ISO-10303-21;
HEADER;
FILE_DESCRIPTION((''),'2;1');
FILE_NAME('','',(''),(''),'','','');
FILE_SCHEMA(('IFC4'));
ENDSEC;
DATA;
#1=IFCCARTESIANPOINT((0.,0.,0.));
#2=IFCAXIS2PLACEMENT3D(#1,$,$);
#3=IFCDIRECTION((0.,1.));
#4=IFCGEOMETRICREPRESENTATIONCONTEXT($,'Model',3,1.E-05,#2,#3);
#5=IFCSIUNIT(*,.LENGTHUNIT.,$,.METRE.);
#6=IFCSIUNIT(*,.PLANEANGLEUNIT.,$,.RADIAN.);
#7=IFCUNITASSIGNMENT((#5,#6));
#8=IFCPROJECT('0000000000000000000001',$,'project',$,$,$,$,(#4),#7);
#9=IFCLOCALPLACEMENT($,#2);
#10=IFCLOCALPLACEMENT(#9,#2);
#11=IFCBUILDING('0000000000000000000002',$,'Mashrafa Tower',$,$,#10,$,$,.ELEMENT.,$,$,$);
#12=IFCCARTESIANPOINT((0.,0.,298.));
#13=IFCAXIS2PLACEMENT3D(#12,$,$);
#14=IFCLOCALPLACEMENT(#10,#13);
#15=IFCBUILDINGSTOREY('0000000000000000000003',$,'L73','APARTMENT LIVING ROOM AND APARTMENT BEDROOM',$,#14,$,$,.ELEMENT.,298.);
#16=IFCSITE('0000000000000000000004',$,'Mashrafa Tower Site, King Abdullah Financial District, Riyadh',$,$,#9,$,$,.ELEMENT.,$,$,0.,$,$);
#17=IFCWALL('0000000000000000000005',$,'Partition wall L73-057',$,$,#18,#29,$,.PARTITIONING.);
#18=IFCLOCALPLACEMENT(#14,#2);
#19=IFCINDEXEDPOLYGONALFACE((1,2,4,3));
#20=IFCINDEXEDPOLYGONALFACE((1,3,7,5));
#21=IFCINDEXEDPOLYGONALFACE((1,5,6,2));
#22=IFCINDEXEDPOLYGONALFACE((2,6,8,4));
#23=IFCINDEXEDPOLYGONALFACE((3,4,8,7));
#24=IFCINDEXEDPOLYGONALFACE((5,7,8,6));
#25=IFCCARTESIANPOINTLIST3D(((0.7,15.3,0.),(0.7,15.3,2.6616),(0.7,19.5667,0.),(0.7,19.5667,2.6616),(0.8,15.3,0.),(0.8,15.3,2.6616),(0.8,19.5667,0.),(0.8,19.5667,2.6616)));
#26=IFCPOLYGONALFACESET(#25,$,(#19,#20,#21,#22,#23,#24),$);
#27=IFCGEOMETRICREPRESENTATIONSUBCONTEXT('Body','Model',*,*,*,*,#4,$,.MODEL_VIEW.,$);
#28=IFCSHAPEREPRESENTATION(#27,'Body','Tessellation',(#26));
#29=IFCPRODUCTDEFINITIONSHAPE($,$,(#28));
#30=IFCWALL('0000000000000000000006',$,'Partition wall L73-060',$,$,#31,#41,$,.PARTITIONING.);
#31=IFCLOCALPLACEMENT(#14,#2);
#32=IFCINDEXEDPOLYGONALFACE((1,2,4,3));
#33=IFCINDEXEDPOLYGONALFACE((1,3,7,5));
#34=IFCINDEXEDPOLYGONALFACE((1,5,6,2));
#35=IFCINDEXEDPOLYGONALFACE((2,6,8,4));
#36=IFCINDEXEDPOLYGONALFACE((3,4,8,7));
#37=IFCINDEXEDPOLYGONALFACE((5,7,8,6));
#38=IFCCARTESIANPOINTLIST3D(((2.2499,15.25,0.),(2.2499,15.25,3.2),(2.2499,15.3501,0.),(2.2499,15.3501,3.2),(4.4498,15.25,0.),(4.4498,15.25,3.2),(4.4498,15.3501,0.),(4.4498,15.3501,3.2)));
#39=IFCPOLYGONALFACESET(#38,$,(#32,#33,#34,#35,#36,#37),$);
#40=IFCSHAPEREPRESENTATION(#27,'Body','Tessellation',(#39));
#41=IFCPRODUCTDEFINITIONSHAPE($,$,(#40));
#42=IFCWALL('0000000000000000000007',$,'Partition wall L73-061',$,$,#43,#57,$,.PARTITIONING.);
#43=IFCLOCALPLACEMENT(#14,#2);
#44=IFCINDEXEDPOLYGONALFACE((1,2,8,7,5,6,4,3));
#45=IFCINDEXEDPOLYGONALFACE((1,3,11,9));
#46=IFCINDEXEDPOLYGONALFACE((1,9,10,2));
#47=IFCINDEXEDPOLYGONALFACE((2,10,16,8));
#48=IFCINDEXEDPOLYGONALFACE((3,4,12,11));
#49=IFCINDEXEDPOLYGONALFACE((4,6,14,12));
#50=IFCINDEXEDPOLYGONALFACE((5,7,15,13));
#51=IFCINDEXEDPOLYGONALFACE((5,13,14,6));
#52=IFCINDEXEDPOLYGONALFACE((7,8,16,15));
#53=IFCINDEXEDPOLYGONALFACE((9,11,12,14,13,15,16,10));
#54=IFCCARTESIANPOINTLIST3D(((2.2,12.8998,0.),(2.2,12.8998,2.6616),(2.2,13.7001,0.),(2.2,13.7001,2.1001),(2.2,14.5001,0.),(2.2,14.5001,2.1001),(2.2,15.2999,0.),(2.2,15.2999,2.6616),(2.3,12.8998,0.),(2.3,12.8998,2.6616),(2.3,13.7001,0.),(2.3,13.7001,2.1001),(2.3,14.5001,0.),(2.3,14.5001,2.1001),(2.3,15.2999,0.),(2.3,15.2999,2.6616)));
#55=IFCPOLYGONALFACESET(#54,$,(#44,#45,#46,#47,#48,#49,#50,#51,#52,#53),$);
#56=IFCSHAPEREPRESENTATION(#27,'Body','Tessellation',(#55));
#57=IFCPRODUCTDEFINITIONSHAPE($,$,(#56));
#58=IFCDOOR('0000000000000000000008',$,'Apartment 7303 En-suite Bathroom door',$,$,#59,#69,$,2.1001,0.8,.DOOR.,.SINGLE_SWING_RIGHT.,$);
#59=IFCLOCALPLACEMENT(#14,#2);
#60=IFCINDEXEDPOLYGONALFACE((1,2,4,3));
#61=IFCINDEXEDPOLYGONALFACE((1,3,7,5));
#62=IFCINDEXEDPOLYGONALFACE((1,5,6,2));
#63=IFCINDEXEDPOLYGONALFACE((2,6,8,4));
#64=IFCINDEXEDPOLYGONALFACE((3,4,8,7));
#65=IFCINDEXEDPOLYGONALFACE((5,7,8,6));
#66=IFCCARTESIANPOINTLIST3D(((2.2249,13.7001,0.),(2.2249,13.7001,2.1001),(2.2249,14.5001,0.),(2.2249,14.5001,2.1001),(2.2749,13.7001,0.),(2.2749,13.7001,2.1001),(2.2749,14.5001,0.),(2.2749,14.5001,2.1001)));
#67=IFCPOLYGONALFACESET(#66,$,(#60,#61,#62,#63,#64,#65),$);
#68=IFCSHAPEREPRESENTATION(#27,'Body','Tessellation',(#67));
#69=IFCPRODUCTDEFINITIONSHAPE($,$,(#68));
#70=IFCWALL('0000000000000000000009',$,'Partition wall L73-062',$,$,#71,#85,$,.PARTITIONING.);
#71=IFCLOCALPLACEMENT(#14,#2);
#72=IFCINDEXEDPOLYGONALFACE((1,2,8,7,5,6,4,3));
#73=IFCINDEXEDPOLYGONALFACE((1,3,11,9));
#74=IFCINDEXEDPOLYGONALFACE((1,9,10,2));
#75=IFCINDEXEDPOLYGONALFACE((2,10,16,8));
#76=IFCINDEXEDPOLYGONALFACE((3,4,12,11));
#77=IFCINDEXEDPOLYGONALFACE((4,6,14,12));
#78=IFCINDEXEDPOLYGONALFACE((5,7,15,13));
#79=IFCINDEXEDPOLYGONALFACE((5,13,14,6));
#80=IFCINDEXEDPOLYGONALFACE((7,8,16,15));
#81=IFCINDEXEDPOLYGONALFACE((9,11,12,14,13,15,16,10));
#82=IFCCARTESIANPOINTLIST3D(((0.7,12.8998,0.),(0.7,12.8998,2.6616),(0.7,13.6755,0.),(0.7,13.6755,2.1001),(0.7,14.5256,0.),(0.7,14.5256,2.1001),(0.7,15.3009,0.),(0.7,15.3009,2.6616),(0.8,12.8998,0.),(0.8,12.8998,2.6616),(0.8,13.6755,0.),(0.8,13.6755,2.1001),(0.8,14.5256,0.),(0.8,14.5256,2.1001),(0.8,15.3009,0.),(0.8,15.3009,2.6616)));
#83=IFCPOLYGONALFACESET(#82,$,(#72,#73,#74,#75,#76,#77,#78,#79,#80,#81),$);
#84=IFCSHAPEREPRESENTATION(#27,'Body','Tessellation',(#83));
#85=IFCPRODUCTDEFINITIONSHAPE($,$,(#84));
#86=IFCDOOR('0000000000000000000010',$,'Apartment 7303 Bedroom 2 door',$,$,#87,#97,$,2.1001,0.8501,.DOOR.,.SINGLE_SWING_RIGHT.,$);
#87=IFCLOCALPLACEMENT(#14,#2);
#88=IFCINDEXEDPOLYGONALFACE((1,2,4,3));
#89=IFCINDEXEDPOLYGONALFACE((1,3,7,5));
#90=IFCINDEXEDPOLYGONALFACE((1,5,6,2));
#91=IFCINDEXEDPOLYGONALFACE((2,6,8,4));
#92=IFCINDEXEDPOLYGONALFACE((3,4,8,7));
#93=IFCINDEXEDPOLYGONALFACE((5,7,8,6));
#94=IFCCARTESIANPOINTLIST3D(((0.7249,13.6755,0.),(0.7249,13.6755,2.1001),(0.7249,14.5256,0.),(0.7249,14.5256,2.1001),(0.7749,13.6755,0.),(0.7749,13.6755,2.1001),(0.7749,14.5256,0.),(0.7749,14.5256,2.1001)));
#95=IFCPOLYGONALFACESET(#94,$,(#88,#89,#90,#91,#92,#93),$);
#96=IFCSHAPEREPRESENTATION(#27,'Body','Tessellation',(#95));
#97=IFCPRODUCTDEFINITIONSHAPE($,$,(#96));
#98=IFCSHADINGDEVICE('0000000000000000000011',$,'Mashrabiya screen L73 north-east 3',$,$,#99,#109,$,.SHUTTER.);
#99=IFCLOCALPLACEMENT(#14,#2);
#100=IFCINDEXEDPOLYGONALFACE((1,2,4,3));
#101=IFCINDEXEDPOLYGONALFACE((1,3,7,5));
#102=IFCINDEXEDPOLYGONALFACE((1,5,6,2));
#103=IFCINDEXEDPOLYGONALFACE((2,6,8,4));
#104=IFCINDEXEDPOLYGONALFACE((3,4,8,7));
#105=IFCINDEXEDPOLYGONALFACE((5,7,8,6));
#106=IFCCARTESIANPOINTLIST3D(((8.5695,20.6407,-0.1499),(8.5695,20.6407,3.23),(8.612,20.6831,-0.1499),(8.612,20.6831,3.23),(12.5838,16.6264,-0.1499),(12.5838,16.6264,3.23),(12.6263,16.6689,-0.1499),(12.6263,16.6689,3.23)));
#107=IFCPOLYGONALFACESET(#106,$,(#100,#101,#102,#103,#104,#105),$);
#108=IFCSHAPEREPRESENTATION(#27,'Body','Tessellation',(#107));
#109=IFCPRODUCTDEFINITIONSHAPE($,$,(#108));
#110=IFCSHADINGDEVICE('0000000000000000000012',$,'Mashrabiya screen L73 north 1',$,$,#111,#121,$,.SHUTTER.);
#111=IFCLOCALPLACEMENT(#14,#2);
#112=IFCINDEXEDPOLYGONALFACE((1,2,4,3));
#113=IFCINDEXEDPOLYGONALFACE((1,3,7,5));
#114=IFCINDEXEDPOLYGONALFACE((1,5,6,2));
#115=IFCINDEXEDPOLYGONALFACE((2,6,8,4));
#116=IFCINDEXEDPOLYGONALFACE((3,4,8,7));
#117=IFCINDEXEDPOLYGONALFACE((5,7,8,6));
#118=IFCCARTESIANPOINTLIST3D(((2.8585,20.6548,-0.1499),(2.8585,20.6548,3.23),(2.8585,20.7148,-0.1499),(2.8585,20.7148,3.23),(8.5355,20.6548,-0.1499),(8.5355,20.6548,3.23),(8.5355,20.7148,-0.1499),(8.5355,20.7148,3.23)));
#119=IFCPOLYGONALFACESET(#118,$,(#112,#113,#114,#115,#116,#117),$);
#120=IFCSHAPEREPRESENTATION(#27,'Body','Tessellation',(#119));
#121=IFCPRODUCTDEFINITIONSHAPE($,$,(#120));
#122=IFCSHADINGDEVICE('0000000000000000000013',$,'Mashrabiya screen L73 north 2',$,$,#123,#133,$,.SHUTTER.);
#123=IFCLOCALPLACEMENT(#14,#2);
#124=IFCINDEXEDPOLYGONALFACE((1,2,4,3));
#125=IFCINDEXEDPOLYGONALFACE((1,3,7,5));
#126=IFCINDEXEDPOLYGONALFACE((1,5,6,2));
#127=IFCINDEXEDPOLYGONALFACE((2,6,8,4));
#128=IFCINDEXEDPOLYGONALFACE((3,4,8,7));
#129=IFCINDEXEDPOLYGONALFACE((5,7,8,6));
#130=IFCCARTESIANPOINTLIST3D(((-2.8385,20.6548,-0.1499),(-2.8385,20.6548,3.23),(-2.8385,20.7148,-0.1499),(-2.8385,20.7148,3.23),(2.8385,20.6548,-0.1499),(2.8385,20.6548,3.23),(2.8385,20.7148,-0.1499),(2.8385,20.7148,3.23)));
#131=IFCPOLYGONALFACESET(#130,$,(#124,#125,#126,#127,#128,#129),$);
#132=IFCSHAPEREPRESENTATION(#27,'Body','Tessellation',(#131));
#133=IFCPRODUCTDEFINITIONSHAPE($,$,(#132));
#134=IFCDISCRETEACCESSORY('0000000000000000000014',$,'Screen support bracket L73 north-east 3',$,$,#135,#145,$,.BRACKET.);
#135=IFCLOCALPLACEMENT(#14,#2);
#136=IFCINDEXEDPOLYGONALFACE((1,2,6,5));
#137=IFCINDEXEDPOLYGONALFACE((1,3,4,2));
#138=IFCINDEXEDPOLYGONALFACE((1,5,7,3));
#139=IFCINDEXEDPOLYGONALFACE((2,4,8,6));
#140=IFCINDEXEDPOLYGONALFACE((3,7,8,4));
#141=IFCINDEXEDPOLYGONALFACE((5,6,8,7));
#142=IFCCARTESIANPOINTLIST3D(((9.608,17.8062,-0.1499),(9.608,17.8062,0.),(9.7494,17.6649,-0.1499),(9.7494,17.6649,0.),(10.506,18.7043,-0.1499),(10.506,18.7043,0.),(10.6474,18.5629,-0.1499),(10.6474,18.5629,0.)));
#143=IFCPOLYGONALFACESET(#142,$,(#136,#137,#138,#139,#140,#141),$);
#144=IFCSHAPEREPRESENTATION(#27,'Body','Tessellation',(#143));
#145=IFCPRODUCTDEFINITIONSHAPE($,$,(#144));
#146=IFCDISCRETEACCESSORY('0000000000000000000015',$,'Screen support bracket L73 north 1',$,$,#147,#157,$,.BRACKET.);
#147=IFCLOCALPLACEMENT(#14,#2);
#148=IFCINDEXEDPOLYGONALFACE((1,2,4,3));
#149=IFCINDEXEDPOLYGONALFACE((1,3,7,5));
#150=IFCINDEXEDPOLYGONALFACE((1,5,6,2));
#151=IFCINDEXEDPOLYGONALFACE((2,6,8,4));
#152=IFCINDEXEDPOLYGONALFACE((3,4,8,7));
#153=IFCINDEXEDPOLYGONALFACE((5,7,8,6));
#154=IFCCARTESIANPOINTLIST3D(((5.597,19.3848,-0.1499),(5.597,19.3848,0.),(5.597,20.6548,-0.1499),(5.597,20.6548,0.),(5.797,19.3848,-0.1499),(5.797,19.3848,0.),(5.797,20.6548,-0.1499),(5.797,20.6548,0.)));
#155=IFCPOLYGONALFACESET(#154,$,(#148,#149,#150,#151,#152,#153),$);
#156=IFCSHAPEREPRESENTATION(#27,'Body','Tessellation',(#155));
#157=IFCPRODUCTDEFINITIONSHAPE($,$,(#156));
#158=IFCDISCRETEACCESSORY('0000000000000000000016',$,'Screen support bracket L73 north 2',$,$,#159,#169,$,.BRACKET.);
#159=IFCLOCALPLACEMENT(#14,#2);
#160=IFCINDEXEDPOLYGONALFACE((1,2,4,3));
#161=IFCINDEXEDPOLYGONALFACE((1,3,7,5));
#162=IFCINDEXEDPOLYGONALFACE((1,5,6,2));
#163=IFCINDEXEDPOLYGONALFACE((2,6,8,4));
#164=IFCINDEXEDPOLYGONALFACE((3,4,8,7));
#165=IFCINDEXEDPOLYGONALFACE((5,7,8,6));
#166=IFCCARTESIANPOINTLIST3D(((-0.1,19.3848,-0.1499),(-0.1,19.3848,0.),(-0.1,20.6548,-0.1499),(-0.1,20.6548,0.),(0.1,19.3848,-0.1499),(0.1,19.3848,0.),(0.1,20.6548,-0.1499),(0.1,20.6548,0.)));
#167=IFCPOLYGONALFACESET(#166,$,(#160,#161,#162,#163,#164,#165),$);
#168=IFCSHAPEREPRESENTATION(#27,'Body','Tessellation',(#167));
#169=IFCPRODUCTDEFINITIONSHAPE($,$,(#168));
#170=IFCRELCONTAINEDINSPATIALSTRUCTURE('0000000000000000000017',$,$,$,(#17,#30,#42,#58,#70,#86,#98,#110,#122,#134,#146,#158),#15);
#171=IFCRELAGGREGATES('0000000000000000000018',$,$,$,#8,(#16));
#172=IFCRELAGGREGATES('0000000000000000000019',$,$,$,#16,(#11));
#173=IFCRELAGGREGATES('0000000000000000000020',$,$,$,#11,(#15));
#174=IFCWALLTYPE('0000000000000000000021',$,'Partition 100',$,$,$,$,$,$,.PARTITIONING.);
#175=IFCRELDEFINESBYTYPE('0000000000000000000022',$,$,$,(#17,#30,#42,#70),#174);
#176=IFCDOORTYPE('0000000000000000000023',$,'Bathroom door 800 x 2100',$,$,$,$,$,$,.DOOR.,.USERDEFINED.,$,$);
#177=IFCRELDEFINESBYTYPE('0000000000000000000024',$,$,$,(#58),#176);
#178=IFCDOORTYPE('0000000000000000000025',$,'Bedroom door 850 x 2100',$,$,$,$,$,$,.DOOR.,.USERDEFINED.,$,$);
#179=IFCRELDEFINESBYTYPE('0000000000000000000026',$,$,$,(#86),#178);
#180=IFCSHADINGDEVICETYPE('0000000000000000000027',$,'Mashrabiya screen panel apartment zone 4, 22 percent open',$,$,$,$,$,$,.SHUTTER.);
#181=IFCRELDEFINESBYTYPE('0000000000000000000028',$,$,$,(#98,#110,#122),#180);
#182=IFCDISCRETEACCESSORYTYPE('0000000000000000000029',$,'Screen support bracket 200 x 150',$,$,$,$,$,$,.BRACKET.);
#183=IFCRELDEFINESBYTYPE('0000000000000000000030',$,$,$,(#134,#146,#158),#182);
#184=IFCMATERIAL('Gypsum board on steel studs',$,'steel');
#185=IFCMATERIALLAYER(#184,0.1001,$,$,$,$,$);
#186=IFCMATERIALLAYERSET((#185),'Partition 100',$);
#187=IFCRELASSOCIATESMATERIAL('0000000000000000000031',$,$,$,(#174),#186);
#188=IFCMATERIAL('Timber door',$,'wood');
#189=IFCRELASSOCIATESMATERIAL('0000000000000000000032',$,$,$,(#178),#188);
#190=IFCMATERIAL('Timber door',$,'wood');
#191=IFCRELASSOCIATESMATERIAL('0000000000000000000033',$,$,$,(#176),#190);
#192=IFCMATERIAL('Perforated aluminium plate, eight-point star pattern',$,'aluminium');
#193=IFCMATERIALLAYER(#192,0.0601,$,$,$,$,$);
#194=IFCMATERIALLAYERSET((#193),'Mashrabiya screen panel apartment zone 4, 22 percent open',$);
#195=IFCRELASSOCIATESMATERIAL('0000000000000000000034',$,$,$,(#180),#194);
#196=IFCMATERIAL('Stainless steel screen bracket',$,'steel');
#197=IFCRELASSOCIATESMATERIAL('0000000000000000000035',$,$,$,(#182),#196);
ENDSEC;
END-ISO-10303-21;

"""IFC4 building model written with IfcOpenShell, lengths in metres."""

from ifc_helpers import new_model, si_unit, direction, frame, frame_2d, origin, origin_2d, place, context, subcontext, project, spatial, rectangle, extrude, source, transform, mapped, material, layer, layer_set, type_object, type_shapes, element, fill, save


model = new_model("IFC4")

# Units and contexts
model_context = context("Model", 3, precision=1e-05, world=origin(), true_north=direction((0.0, 1.0)))
body_context = subcontext(model_context, "Body", "Model", "MODEL_VIEW")
ifc_project = project(units=[si_unit("LENGTHUNIT", "METRE"), si_unit("PLANEANGLEUNIT", "RADIAN")], contexts=[model_context])

# Site, building, storey
site_placement = place(None, origin())
site = spatial("IfcSite", under=ifc_project, at=site_placement, Name="Mashrafa Tower Site, King Abdullah Financial District, Riyadh", CompositionType="ELEMENT", RefElevation=0.0)
building_placement = place(site_placement, origin())
building = spatial("IfcBuilding", under=site, at=building_placement, Name="Mashrafa Tower", CompositionType="ELEMENT")
storey_placement = place(building_placement, frame((0.0, 0.0, 298.0)))
storey = spatial("IfcBuildingStorey", under=building, at=storey_placement, Name="L73", Description="APARTMENT LIVING ROOM AND APARTMENT BEDROOM", CompositionType="ELEMENT", Elevation=298.0)

# Shared definitions
ifc_material_1 = material(Name="Gypsum board on steel studs", Category="steel")
ifc_layer_1 = layer(ifc_material_1, 0.1001)
ifc_layer_set_1 = layer_set([ifc_layer_1], Name="Partition 100")
wall_type = type_object("IfcWallType", Name="Partition 100", PredefinedType="PARTITIONING", material=ifc_layer_set_1)

# Shared definitions
ifc_material_2 = material(Name="Timber door", Category="wood")
door_type_1 = type_object("IfcDoorType", Name="Bedroom door 850 x 2100", OperationType="USERDEFINED", PredefinedType="DOOR", material=ifc_material_2)

# Shared definitions
ifc_material_3 = material(Name="Timber door", Category="wood")
door_type_2 = type_object("IfcDoorType", Name="Bathroom door 800 x 2100", OperationType="USERDEFINED", PredefinedType="DOOR", material=ifc_material_3)

# Walls
wall_1_placement = place(storey_placement, frame((0.75, 15.3, 0.0), z_axis=(0.0, 0.0, 1.0), x_axis=(0.0, 1.0, 0.0)))
element("IfcWall", 1, at=wall_1_placement, inside=storey, type_object=wall_type, Name="Partition wall L73-057", PredefinedType="PARTITIONING", context=body_context, shape_type="SweptSolid", body=[
    extrude(rectangle(XDim=4.2666, YDim=0.1001, at=frame_2d((2.1333, 0.0))), origin(), (0.0, 0.0, 1.0), 2.6616),
])
wall_2_placement = place(storey_placement, frame((4.45, 15.3, 0.0), z_axis=(0.0, 0.0, 1.0), x_axis=(-1.0, 0.0, 0.0)))
element("IfcWall", 2, at=wall_2_placement, inside=storey, type_object=wall_type, Name="Partition wall L73-060", PredefinedType="PARTITIONING", context=body_context, shape_type="SweptSolid", body=[
    extrude(rectangle(XDim=2.2, YDim=0.1001, at=frame_2d((1.1001, 0.0))), origin(), (0.0, 0.0, 1.0), 3.2),
])

# Walls, openings, doors
wall_3_placement = place(storey_placement, frame((2.25, 15.3, 0.0), z_axis=(0.0, 0.0, 1.0), x_axis=(0.0, -1.0, 0.0)))
wall_3 = element("IfcWall", 3, at=wall_3_placement, inside=storey, type_object=wall_type, Name="Partition wall L73-061", PredefinedType="PARTITIONING", context=body_context, shape_type="SweptSolid", body=[
    extrude(rectangle(XDim=2.4001, YDim=0.1001, at=frame_2d((1.2002, 0.0))), origin(), (0.0, 0.0, 1.0), 2.6616),
])
opening_1_placement = place(wall_3_placement, frame((0.8, 0.0, 0.0)))
opening_1 = element("IfcOpeningElement", 4, at=opening_1_placement, cuts=wall_3, PredefinedType="OPENING", context=body_context, shape_type="SweptSolid", body=[
    extrude(rectangle(XDim=0.8, YDim=2.1001, at=frame_2d((0.3999, 1.05))), frame((0.0, 0.0601, 0.0), z_axis=(0.0, -1.0, 0.0), x_axis=(1.0, 0.0, 0.0)), (0.0, 0.0, 1.0), 0.1201),
])
door_1_placement = place(opening_1_placement, origin())
door_1 = element("IfcDoor", 5, at=door_1_placement, inside=storey, type_object=door_type_2, Name="Apartment 7303 En-suite Bathroom door", OperationType="SINGLE_SWING_RIGHT", OverallHeight=2.1001, OverallWidth=0.8, PredefinedType="DOOR", context=body_context, shape_type="SweptSolid", body=[
    extrude(rectangle(XDim=0.8, YDim=2.1001, at=frame_2d((0.3999, 1.05))), frame((0.0, 0.0249, 0.0), z_axis=(0.0, -1.0, 0.0), x_axis=(1.0, 0.0, 0.0)), (0.0, 0.0, 1.0), 0.05),
])
fill(opening_1, door_1)
wall_4_placement = place(storey_placement, frame((0.75, 15.301, 0.0), z_axis=(0.0, 0.0, 1.0), x_axis=(0.0, -1.0, 0.0)))
wall_4 = element("IfcWall", 6, at=wall_4_placement, inside=storey, type_object=wall_type, Name="Partition wall L73-062", PredefinedType="PARTITIONING", context=body_context, shape_type="SweptSolid", body=[
    extrude(rectangle(XDim=2.4011, YDim=0.1001, at=frame_2d((1.2007, 0.0))), origin(), (0.0, 0.0, 1.0), 2.6616),
])
opening_2_placement = place(wall_4_placement, frame((0.7754, 0.0, 0.0)))
opening_2 = element("IfcOpeningElement", 7, at=opening_2_placement, cuts=wall_4, PredefinedType="OPENING", context=body_context, shape_type="SweptSolid", body=[
    extrude(rectangle(XDim=0.8501, YDim=2.1001, at=frame_2d((0.425, 1.05))), frame((0.0, 0.0601, 0.0), z_axis=(0.0, -1.0, 0.0), x_axis=(1.0, 0.0, 0.0)), (0.0, 0.0, 1.0), 0.1201),
])
door_2_placement = place(opening_2_placement, origin())
door_2 = element("IfcDoor", 8, at=door_2_placement, inside=storey, type_object=door_type_1, Name="Apartment 7303 Bedroom 2 door", OperationType="SINGLE_SWING_RIGHT", OverallHeight=2.1001, OverallWidth=0.8501, PredefinedType="DOOR", context=body_context, shape_type="SweptSolid", body=[
    extrude(rectangle(XDim=0.8501, YDim=2.1001, at=frame_2d((0.425, 1.05))), frame((0.0, 0.0249, 0.0), z_axis=(0.0, -1.0, 0.0), x_axis=(1.0, 0.0, 0.0)), (0.0, 0.0, 1.0), 0.05),
])
fill(opening_2, door_2)

# Shading devices
ifc_material_4 = material(Name="Perforated aluminium plate, eight-point star pattern", Category="aluminium")
ifc_layer_2 = layer(ifc_material_4, 0.0601)
ifc_layer_set_2 = layer_set([ifc_layer_2], Name="Mashrabiya screen panel apartment zone 4, 22 percent open")
shading_device_type = type_object("IfcShadingDeviceType", Name="Mashrabiya screen panel apartment zone 4, 22 percent open", PredefinedType="SHUTTER", material=ifc_layer_set_2)
shared_shape_1 = source(origin(), body_context, "Body", "SweptSolid", [
    extrude(rectangle(XDim=5.677, YDim=0.0601, at=origin_2d()), origin(), (0.0, 0.0, 1.0), 3.3799),
])
type_shapes(shading_device_type, [shared_shape_1])
for number, where, z_axis, x_axis, name in (
    (9, (10.5979, 18.6548, -0.1499), (0.0, 0.0, 1.0), (-0.707107, 0.707107, 0.0), "Mashrabiya screen L73 north-east 3"),
    (10, (5.697, 20.6848, -0.1499), (0.0, 0.0, 1.0), (-1.0, 0.0, 0.0), "Mashrabiya screen L73 north 1"),
    (11, (0.0, 20.6848, -0.1499), (0.0, 0.0, 1.0), (-1.0, 0.0, 0.0), "Mashrabiya screen L73 north 2"),
):
    element("IfcShadingDevice", number, at=place(storey_placement, frame(where, z_axis=z_axis, x_axis=x_axis)), inside=storey, type_object=shading_device_type, Name=name, PredefinedType="SHUTTER", context=body_context, shape_type="MappedRepresentation", body=[
        mapped(shared_shape_1, transform((0.0, 0.0, 0.0))),
    ])

# Discrete accessories
ifc_material_5 = material(Name="Stainless steel screen bracket", Category="steel")
discrete_accessory_type = type_object("IfcDiscreteAccessoryType", Name="Screen support bracket 200 x 150", PredefinedType="BRACKET", material=ifc_material_5)
shared_shape_2 = source(origin(), body_context, "Body", "SweptSolid", [
    extrude(rectangle(XDim=0.2, YDim=1.27, at=origin_2d()), origin(), (0.0, 0.0, 1.0), 0.1499),
])
type_shapes(discrete_accessory_type, [shared_shape_2])
for number, where, z_axis, x_axis, name in (
    (12, (10.1277, 18.1846, -0.1499), (0.0, 0.0, 1.0), (-0.707107, 0.707107, 0.0), "Screen support bracket L73 north-east 3"),
    (13, (5.697, 20.0198, -0.1499), (0.0, 0.0, 1.0), (-1.0, 0.0, 0.0), "Screen support bracket L73 north 1"),
    (14, (0.0, 20.0198, -0.1499), (0.0, 0.0, 1.0), (-1.0, 0.0, 0.0), "Screen support bracket L73 north 2"),
):
    element("IfcDiscreteAccessory", number, at=place(storey_placement, frame(where, z_axis=z_axis, x_axis=x_axis)), inside=storey, type_object=discrete_accessory_type, Name=name, PredefinedType="BRACKET", context=body_context, shape_type="MappedRepresentation", body=[
        mapped(shared_shape_2, transform((0.0, 0.0, 0.0))),
    ])

save(model, "model.ifc")
